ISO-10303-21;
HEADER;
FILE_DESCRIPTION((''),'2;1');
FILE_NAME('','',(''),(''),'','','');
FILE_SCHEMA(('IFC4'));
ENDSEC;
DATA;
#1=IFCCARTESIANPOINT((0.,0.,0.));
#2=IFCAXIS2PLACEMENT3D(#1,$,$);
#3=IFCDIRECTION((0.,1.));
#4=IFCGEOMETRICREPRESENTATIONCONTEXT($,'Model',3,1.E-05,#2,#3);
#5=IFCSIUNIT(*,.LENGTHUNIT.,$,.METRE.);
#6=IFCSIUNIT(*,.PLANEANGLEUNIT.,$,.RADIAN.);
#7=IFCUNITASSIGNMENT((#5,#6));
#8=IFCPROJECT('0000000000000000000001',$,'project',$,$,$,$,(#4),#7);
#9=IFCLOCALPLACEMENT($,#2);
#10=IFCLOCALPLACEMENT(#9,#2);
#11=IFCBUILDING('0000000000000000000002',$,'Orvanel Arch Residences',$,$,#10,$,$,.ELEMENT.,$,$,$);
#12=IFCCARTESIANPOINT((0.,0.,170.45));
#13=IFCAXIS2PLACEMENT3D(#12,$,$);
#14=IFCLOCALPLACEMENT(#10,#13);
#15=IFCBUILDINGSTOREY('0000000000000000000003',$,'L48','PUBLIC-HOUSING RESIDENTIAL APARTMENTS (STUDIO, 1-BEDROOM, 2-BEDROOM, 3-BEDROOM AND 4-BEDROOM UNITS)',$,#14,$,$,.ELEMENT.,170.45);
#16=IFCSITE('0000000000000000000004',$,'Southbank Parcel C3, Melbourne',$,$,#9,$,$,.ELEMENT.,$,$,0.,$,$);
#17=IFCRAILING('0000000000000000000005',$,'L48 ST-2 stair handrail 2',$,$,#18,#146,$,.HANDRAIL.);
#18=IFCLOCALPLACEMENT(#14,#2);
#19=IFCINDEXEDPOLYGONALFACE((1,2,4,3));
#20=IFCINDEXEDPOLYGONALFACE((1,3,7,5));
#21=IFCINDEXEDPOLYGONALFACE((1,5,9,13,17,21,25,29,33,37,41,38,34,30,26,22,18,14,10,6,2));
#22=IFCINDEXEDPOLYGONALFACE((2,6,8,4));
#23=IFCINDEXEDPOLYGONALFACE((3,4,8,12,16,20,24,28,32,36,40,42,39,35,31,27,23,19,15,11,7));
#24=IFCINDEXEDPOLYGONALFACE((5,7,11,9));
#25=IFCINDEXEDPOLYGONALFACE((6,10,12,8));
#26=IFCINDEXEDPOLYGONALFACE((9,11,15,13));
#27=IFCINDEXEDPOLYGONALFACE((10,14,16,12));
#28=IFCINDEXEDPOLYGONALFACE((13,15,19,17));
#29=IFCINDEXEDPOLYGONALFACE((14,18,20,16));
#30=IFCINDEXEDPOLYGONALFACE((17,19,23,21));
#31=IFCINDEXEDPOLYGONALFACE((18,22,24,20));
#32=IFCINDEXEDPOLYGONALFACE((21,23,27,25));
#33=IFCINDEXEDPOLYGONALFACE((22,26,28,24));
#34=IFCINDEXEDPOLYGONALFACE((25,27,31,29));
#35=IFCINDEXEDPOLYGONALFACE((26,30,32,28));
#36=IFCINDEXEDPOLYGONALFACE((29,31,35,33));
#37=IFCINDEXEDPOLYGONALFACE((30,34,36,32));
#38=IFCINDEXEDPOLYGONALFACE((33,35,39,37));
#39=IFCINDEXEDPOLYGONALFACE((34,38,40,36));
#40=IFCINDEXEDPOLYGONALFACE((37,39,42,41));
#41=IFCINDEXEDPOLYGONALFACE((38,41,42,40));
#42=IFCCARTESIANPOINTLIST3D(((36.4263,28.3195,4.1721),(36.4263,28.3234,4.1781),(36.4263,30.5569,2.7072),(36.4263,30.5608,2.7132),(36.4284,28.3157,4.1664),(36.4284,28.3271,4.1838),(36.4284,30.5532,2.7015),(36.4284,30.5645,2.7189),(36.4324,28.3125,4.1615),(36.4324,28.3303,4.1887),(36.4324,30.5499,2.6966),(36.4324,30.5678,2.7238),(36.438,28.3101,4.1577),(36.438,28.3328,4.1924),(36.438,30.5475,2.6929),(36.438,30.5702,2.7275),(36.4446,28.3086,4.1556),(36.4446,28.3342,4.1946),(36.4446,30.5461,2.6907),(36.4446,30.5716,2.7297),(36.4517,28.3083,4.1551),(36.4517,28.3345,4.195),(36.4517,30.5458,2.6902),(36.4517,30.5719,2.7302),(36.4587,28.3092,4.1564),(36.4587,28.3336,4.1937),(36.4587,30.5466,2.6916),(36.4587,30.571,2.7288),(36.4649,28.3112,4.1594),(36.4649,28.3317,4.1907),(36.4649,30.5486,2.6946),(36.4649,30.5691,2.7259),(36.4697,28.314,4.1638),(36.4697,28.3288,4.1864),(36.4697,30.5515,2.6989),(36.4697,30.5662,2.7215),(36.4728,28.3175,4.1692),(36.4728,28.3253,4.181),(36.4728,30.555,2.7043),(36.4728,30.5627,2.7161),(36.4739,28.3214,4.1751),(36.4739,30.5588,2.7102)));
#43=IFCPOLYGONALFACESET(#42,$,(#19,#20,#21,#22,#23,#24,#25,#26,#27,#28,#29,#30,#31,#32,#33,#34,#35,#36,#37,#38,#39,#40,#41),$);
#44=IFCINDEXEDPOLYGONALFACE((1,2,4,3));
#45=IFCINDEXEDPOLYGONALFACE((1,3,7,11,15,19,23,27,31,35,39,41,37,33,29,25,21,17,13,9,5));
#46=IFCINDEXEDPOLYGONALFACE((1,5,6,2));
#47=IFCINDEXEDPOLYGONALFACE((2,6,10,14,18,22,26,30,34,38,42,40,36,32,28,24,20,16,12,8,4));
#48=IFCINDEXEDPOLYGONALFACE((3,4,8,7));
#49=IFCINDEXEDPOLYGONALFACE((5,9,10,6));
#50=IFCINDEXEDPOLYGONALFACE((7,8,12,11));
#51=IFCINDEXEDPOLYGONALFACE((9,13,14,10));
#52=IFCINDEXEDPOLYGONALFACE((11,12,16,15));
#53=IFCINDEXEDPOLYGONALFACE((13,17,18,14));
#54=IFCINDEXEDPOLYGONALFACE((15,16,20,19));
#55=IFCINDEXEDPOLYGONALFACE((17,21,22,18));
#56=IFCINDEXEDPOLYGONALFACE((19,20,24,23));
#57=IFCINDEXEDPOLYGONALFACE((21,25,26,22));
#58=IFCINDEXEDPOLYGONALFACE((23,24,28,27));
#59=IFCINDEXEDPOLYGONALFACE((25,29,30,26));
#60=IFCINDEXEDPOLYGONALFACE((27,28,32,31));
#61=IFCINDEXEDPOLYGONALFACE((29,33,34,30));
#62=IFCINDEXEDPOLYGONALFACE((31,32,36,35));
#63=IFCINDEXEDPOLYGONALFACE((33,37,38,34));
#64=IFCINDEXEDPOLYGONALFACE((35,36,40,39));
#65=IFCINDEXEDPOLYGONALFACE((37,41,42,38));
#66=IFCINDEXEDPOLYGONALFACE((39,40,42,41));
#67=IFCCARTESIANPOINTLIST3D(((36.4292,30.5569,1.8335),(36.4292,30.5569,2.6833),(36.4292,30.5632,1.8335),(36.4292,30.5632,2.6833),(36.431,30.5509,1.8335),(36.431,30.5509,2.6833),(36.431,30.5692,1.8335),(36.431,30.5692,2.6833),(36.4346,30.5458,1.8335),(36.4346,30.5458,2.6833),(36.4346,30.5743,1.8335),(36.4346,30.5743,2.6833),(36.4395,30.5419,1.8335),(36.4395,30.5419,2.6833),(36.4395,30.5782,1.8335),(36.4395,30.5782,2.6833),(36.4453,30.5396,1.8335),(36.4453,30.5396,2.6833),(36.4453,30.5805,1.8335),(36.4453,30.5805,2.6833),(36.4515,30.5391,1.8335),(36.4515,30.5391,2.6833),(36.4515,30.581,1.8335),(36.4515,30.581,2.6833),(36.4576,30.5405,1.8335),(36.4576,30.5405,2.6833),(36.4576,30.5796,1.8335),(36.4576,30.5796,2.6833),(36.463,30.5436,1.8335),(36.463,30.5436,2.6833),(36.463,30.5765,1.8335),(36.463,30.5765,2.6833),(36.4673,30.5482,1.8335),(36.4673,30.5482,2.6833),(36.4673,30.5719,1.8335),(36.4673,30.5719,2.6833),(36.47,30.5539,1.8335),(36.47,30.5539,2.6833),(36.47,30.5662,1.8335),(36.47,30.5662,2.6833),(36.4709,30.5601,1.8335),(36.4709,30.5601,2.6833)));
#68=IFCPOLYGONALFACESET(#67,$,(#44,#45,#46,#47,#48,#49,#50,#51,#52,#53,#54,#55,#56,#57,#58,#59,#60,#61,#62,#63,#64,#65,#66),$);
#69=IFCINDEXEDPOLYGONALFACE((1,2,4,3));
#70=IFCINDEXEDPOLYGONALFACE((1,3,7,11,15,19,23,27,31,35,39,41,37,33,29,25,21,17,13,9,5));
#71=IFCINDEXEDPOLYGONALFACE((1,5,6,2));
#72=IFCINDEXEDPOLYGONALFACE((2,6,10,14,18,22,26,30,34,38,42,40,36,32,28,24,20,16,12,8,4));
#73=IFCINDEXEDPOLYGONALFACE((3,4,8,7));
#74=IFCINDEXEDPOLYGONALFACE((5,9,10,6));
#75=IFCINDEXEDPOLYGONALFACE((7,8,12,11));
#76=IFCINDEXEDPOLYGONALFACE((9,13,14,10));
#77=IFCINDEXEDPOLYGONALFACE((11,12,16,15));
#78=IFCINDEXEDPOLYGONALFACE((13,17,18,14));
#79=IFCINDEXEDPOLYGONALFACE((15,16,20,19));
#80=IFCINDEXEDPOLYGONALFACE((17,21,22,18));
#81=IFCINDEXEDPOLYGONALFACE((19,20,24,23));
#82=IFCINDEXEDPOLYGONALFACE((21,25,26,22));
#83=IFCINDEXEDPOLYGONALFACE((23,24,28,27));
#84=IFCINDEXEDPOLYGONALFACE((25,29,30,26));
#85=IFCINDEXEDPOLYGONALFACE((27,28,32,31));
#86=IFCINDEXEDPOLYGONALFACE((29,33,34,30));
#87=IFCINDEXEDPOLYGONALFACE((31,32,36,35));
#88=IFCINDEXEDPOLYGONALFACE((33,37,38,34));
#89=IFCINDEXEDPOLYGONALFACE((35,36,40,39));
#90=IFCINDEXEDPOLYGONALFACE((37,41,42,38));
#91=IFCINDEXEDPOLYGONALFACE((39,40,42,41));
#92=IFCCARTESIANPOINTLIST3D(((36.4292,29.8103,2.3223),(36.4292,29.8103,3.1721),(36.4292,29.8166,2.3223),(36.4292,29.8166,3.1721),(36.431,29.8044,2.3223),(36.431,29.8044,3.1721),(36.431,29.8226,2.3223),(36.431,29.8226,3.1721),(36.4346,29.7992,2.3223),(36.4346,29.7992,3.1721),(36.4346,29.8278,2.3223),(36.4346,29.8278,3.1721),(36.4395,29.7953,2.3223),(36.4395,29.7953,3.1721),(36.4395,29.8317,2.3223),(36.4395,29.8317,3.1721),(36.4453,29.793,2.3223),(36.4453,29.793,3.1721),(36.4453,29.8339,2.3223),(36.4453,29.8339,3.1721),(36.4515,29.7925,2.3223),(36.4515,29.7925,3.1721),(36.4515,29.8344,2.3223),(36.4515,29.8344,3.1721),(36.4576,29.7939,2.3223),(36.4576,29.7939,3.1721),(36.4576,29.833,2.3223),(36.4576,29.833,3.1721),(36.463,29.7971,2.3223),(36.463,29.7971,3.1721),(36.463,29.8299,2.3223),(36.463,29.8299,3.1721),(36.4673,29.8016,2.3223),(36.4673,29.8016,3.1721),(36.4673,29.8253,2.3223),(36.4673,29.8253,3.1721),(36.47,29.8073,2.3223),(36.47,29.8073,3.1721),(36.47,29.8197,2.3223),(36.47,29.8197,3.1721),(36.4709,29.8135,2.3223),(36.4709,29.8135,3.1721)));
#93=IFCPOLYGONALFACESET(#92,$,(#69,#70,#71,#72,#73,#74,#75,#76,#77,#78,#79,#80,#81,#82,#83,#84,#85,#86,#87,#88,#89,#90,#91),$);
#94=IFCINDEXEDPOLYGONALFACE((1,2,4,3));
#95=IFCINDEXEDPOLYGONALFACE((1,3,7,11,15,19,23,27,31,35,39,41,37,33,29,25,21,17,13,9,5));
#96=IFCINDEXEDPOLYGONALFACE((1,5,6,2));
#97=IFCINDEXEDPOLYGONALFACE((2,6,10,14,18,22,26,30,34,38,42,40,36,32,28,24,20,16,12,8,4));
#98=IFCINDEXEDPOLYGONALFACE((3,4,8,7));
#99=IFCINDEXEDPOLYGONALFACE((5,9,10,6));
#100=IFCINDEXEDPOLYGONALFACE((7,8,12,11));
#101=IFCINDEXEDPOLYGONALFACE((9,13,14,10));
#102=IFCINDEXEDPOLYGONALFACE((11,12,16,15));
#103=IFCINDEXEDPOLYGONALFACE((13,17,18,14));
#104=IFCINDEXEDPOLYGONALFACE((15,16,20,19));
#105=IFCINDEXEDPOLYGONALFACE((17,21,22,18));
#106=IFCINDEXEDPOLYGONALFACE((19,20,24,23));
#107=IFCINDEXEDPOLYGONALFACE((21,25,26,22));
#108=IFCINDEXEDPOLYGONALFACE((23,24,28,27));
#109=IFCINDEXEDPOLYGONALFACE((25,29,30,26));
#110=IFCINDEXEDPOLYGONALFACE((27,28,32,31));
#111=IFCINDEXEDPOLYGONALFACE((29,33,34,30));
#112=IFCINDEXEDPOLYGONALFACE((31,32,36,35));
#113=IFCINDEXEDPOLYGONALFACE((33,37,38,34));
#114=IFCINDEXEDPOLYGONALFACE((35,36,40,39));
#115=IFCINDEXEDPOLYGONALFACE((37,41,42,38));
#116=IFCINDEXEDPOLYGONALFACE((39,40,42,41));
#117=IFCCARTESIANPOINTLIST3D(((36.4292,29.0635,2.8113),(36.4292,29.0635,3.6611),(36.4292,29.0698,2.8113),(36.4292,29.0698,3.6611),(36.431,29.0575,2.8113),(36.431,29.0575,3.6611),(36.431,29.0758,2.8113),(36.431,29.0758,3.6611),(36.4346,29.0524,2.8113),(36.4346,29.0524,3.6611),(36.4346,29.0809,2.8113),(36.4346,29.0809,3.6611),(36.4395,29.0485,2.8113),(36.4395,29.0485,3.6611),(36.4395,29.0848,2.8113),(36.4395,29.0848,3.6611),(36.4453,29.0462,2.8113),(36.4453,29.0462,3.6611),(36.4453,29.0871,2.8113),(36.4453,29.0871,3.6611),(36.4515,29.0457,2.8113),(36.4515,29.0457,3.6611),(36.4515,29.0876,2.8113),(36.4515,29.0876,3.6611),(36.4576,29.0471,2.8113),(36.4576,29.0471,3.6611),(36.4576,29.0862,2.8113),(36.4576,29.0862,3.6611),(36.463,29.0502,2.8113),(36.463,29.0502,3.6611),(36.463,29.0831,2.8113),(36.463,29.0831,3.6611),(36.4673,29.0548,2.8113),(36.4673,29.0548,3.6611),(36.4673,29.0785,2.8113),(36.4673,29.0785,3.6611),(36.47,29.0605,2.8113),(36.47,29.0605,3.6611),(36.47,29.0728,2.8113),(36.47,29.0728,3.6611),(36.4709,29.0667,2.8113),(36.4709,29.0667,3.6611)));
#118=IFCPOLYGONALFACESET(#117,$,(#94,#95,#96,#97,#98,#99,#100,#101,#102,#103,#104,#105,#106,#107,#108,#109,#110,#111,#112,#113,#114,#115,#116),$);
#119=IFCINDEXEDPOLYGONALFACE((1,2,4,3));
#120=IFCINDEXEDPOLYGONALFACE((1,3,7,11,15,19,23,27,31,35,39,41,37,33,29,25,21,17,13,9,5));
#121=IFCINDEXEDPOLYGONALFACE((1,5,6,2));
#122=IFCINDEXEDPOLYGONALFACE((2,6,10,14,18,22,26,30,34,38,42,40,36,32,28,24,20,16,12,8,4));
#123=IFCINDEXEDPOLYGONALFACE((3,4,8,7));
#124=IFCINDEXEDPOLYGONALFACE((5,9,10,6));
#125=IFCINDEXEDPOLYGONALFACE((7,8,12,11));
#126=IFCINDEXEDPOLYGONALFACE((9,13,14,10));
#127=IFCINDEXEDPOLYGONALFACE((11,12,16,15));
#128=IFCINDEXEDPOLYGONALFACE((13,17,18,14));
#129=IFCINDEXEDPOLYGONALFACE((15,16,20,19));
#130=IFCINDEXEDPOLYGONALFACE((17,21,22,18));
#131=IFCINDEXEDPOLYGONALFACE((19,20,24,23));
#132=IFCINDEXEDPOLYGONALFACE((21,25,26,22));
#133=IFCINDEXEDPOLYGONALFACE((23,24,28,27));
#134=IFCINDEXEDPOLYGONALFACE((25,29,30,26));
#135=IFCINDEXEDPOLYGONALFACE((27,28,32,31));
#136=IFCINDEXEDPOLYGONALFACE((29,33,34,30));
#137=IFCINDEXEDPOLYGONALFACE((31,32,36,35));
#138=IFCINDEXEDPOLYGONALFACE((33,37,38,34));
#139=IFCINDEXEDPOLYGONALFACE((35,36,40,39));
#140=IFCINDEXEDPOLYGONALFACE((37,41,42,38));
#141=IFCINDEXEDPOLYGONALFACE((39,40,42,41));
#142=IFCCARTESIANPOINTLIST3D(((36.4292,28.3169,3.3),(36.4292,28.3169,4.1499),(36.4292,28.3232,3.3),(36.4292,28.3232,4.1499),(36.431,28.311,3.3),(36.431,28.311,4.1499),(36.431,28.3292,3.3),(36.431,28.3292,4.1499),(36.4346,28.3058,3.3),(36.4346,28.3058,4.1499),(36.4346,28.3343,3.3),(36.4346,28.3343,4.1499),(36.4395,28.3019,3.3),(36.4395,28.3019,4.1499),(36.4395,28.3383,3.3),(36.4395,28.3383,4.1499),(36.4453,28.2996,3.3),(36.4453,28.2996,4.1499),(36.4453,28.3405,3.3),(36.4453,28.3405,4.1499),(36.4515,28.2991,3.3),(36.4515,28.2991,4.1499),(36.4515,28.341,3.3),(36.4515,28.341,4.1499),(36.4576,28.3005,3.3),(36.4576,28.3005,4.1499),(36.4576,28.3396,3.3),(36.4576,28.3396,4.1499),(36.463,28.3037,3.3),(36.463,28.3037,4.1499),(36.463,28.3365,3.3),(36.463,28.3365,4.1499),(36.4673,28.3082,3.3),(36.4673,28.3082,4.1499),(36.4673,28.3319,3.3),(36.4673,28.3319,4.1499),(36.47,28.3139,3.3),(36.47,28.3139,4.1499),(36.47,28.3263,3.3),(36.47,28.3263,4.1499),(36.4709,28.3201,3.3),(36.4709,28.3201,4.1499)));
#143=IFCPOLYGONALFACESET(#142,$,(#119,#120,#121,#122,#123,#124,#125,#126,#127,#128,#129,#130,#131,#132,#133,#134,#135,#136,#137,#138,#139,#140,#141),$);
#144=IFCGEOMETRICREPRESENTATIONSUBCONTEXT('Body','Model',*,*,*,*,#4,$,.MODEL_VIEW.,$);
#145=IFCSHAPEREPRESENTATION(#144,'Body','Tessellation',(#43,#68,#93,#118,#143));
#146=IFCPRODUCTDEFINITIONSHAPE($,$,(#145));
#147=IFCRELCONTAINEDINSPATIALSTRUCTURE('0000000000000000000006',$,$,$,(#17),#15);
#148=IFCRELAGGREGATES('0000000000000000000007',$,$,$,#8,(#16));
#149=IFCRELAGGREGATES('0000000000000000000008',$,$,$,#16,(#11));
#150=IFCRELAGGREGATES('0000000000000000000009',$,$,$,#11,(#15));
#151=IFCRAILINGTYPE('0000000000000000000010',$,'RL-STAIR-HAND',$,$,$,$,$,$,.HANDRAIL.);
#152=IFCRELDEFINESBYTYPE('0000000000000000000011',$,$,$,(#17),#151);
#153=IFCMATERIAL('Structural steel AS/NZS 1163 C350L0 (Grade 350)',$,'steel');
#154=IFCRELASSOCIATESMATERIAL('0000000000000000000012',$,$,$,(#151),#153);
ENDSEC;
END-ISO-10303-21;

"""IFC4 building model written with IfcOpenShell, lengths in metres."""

from ifc_helpers import new_model, si_unit, direction, frame, origin, origin_2d, place, context, subcontext, project, spatial, circle, extrude, material, type_object, element, save


model = new_model("IFC4")

# Units and contexts
model_context = context("Model", 3, precision=1e-05, world=origin(), true_north=direction((0.0, 1.0)))
body_context = subcontext(model_context, "Body", "Model", "MODEL_VIEW")
ifc_project = project(units=[si_unit("LENGTHUNIT", "METRE"), si_unit("PLANEANGLEUNIT", "RADIAN")], contexts=[model_context])

# Site, building, storey
site_placement = place(None, origin())
site = spatial("IfcSite", under=ifc_project, at=site_placement, Name="Southbank Parcel C3, Melbourne", CompositionType="ELEMENT", RefElevation=0.0)
building_placement = place(site_placement, origin())
building = spatial("IfcBuilding", under=site, at=building_placement, Name="Orvanel Arch Residences", CompositionType="ELEMENT")
storey_placement = place(building_placement, frame((0.0, 0.0, 170.45)))
storey = spatial("IfcBuildingStorey", under=building, at=storey_placement, Name="L48", Description="PUBLIC-HOUSING RESIDENTIAL APARTMENTS (STUDIO, 1-BEDROOM, 2-BEDROOM, 3-BEDROOM AND 4-BEDROOM UNITS)", CompositionType="ELEMENT", Elevation=170.45)

# Railing
ifc_material_1 = material(Name="Structural steel AS/NZS 1163 C350L0 (Grade 350)", Category="steel")
railing_type_1 = type_object("IfcRailingType", Name="RL-STAIR-HAND", PredefinedType="HANDRAIL", material=ifc_material_1)
railing_1_placement = place(storey_placement, frame((36.45, 30.5601, 1.8335)))
element("IfcRailing", 1, at=railing_1_placement, inside=storey, type_object=railing_type_1, Name="L48 ST-2 stair handrail 2", PredefinedType="HANDRAIL", context=body_context, shape_type="SweptSolid", body=[
    extrude(circle(Radius=0.0239, at=origin_2d()), frame((0.0, -0.0012, 0.8767), z_axis=(0.0, -0.836637, 0.547758), x_axis=(1.0, 0.0, 0.0)), (0.0, 0.0, 1.0), 2.6743),
    extrude(circle(Radius=0.021, at=origin_2d()), origin(), (0.0, 0.0, 1.0), 0.8499),
    extrude(circle(Radius=0.021, at=origin_2d()), frame((0.0, -0.7466, 0.4888)), (0.0, 0.0, 1.0), 0.8499),
    extrude(circle(Radius=0.021, at=origin_2d()), frame((0.0, -1.4934, 0.9778)), (0.0, 0.0, 1.0), 0.8499),
    extrude(circle(Radius=0.021, at=origin_2d()), frame((0.0, -2.24, 1.4666)), (0.0, 0.0, 1.0), 0.8499),
])

save(model, "model.ifc")
